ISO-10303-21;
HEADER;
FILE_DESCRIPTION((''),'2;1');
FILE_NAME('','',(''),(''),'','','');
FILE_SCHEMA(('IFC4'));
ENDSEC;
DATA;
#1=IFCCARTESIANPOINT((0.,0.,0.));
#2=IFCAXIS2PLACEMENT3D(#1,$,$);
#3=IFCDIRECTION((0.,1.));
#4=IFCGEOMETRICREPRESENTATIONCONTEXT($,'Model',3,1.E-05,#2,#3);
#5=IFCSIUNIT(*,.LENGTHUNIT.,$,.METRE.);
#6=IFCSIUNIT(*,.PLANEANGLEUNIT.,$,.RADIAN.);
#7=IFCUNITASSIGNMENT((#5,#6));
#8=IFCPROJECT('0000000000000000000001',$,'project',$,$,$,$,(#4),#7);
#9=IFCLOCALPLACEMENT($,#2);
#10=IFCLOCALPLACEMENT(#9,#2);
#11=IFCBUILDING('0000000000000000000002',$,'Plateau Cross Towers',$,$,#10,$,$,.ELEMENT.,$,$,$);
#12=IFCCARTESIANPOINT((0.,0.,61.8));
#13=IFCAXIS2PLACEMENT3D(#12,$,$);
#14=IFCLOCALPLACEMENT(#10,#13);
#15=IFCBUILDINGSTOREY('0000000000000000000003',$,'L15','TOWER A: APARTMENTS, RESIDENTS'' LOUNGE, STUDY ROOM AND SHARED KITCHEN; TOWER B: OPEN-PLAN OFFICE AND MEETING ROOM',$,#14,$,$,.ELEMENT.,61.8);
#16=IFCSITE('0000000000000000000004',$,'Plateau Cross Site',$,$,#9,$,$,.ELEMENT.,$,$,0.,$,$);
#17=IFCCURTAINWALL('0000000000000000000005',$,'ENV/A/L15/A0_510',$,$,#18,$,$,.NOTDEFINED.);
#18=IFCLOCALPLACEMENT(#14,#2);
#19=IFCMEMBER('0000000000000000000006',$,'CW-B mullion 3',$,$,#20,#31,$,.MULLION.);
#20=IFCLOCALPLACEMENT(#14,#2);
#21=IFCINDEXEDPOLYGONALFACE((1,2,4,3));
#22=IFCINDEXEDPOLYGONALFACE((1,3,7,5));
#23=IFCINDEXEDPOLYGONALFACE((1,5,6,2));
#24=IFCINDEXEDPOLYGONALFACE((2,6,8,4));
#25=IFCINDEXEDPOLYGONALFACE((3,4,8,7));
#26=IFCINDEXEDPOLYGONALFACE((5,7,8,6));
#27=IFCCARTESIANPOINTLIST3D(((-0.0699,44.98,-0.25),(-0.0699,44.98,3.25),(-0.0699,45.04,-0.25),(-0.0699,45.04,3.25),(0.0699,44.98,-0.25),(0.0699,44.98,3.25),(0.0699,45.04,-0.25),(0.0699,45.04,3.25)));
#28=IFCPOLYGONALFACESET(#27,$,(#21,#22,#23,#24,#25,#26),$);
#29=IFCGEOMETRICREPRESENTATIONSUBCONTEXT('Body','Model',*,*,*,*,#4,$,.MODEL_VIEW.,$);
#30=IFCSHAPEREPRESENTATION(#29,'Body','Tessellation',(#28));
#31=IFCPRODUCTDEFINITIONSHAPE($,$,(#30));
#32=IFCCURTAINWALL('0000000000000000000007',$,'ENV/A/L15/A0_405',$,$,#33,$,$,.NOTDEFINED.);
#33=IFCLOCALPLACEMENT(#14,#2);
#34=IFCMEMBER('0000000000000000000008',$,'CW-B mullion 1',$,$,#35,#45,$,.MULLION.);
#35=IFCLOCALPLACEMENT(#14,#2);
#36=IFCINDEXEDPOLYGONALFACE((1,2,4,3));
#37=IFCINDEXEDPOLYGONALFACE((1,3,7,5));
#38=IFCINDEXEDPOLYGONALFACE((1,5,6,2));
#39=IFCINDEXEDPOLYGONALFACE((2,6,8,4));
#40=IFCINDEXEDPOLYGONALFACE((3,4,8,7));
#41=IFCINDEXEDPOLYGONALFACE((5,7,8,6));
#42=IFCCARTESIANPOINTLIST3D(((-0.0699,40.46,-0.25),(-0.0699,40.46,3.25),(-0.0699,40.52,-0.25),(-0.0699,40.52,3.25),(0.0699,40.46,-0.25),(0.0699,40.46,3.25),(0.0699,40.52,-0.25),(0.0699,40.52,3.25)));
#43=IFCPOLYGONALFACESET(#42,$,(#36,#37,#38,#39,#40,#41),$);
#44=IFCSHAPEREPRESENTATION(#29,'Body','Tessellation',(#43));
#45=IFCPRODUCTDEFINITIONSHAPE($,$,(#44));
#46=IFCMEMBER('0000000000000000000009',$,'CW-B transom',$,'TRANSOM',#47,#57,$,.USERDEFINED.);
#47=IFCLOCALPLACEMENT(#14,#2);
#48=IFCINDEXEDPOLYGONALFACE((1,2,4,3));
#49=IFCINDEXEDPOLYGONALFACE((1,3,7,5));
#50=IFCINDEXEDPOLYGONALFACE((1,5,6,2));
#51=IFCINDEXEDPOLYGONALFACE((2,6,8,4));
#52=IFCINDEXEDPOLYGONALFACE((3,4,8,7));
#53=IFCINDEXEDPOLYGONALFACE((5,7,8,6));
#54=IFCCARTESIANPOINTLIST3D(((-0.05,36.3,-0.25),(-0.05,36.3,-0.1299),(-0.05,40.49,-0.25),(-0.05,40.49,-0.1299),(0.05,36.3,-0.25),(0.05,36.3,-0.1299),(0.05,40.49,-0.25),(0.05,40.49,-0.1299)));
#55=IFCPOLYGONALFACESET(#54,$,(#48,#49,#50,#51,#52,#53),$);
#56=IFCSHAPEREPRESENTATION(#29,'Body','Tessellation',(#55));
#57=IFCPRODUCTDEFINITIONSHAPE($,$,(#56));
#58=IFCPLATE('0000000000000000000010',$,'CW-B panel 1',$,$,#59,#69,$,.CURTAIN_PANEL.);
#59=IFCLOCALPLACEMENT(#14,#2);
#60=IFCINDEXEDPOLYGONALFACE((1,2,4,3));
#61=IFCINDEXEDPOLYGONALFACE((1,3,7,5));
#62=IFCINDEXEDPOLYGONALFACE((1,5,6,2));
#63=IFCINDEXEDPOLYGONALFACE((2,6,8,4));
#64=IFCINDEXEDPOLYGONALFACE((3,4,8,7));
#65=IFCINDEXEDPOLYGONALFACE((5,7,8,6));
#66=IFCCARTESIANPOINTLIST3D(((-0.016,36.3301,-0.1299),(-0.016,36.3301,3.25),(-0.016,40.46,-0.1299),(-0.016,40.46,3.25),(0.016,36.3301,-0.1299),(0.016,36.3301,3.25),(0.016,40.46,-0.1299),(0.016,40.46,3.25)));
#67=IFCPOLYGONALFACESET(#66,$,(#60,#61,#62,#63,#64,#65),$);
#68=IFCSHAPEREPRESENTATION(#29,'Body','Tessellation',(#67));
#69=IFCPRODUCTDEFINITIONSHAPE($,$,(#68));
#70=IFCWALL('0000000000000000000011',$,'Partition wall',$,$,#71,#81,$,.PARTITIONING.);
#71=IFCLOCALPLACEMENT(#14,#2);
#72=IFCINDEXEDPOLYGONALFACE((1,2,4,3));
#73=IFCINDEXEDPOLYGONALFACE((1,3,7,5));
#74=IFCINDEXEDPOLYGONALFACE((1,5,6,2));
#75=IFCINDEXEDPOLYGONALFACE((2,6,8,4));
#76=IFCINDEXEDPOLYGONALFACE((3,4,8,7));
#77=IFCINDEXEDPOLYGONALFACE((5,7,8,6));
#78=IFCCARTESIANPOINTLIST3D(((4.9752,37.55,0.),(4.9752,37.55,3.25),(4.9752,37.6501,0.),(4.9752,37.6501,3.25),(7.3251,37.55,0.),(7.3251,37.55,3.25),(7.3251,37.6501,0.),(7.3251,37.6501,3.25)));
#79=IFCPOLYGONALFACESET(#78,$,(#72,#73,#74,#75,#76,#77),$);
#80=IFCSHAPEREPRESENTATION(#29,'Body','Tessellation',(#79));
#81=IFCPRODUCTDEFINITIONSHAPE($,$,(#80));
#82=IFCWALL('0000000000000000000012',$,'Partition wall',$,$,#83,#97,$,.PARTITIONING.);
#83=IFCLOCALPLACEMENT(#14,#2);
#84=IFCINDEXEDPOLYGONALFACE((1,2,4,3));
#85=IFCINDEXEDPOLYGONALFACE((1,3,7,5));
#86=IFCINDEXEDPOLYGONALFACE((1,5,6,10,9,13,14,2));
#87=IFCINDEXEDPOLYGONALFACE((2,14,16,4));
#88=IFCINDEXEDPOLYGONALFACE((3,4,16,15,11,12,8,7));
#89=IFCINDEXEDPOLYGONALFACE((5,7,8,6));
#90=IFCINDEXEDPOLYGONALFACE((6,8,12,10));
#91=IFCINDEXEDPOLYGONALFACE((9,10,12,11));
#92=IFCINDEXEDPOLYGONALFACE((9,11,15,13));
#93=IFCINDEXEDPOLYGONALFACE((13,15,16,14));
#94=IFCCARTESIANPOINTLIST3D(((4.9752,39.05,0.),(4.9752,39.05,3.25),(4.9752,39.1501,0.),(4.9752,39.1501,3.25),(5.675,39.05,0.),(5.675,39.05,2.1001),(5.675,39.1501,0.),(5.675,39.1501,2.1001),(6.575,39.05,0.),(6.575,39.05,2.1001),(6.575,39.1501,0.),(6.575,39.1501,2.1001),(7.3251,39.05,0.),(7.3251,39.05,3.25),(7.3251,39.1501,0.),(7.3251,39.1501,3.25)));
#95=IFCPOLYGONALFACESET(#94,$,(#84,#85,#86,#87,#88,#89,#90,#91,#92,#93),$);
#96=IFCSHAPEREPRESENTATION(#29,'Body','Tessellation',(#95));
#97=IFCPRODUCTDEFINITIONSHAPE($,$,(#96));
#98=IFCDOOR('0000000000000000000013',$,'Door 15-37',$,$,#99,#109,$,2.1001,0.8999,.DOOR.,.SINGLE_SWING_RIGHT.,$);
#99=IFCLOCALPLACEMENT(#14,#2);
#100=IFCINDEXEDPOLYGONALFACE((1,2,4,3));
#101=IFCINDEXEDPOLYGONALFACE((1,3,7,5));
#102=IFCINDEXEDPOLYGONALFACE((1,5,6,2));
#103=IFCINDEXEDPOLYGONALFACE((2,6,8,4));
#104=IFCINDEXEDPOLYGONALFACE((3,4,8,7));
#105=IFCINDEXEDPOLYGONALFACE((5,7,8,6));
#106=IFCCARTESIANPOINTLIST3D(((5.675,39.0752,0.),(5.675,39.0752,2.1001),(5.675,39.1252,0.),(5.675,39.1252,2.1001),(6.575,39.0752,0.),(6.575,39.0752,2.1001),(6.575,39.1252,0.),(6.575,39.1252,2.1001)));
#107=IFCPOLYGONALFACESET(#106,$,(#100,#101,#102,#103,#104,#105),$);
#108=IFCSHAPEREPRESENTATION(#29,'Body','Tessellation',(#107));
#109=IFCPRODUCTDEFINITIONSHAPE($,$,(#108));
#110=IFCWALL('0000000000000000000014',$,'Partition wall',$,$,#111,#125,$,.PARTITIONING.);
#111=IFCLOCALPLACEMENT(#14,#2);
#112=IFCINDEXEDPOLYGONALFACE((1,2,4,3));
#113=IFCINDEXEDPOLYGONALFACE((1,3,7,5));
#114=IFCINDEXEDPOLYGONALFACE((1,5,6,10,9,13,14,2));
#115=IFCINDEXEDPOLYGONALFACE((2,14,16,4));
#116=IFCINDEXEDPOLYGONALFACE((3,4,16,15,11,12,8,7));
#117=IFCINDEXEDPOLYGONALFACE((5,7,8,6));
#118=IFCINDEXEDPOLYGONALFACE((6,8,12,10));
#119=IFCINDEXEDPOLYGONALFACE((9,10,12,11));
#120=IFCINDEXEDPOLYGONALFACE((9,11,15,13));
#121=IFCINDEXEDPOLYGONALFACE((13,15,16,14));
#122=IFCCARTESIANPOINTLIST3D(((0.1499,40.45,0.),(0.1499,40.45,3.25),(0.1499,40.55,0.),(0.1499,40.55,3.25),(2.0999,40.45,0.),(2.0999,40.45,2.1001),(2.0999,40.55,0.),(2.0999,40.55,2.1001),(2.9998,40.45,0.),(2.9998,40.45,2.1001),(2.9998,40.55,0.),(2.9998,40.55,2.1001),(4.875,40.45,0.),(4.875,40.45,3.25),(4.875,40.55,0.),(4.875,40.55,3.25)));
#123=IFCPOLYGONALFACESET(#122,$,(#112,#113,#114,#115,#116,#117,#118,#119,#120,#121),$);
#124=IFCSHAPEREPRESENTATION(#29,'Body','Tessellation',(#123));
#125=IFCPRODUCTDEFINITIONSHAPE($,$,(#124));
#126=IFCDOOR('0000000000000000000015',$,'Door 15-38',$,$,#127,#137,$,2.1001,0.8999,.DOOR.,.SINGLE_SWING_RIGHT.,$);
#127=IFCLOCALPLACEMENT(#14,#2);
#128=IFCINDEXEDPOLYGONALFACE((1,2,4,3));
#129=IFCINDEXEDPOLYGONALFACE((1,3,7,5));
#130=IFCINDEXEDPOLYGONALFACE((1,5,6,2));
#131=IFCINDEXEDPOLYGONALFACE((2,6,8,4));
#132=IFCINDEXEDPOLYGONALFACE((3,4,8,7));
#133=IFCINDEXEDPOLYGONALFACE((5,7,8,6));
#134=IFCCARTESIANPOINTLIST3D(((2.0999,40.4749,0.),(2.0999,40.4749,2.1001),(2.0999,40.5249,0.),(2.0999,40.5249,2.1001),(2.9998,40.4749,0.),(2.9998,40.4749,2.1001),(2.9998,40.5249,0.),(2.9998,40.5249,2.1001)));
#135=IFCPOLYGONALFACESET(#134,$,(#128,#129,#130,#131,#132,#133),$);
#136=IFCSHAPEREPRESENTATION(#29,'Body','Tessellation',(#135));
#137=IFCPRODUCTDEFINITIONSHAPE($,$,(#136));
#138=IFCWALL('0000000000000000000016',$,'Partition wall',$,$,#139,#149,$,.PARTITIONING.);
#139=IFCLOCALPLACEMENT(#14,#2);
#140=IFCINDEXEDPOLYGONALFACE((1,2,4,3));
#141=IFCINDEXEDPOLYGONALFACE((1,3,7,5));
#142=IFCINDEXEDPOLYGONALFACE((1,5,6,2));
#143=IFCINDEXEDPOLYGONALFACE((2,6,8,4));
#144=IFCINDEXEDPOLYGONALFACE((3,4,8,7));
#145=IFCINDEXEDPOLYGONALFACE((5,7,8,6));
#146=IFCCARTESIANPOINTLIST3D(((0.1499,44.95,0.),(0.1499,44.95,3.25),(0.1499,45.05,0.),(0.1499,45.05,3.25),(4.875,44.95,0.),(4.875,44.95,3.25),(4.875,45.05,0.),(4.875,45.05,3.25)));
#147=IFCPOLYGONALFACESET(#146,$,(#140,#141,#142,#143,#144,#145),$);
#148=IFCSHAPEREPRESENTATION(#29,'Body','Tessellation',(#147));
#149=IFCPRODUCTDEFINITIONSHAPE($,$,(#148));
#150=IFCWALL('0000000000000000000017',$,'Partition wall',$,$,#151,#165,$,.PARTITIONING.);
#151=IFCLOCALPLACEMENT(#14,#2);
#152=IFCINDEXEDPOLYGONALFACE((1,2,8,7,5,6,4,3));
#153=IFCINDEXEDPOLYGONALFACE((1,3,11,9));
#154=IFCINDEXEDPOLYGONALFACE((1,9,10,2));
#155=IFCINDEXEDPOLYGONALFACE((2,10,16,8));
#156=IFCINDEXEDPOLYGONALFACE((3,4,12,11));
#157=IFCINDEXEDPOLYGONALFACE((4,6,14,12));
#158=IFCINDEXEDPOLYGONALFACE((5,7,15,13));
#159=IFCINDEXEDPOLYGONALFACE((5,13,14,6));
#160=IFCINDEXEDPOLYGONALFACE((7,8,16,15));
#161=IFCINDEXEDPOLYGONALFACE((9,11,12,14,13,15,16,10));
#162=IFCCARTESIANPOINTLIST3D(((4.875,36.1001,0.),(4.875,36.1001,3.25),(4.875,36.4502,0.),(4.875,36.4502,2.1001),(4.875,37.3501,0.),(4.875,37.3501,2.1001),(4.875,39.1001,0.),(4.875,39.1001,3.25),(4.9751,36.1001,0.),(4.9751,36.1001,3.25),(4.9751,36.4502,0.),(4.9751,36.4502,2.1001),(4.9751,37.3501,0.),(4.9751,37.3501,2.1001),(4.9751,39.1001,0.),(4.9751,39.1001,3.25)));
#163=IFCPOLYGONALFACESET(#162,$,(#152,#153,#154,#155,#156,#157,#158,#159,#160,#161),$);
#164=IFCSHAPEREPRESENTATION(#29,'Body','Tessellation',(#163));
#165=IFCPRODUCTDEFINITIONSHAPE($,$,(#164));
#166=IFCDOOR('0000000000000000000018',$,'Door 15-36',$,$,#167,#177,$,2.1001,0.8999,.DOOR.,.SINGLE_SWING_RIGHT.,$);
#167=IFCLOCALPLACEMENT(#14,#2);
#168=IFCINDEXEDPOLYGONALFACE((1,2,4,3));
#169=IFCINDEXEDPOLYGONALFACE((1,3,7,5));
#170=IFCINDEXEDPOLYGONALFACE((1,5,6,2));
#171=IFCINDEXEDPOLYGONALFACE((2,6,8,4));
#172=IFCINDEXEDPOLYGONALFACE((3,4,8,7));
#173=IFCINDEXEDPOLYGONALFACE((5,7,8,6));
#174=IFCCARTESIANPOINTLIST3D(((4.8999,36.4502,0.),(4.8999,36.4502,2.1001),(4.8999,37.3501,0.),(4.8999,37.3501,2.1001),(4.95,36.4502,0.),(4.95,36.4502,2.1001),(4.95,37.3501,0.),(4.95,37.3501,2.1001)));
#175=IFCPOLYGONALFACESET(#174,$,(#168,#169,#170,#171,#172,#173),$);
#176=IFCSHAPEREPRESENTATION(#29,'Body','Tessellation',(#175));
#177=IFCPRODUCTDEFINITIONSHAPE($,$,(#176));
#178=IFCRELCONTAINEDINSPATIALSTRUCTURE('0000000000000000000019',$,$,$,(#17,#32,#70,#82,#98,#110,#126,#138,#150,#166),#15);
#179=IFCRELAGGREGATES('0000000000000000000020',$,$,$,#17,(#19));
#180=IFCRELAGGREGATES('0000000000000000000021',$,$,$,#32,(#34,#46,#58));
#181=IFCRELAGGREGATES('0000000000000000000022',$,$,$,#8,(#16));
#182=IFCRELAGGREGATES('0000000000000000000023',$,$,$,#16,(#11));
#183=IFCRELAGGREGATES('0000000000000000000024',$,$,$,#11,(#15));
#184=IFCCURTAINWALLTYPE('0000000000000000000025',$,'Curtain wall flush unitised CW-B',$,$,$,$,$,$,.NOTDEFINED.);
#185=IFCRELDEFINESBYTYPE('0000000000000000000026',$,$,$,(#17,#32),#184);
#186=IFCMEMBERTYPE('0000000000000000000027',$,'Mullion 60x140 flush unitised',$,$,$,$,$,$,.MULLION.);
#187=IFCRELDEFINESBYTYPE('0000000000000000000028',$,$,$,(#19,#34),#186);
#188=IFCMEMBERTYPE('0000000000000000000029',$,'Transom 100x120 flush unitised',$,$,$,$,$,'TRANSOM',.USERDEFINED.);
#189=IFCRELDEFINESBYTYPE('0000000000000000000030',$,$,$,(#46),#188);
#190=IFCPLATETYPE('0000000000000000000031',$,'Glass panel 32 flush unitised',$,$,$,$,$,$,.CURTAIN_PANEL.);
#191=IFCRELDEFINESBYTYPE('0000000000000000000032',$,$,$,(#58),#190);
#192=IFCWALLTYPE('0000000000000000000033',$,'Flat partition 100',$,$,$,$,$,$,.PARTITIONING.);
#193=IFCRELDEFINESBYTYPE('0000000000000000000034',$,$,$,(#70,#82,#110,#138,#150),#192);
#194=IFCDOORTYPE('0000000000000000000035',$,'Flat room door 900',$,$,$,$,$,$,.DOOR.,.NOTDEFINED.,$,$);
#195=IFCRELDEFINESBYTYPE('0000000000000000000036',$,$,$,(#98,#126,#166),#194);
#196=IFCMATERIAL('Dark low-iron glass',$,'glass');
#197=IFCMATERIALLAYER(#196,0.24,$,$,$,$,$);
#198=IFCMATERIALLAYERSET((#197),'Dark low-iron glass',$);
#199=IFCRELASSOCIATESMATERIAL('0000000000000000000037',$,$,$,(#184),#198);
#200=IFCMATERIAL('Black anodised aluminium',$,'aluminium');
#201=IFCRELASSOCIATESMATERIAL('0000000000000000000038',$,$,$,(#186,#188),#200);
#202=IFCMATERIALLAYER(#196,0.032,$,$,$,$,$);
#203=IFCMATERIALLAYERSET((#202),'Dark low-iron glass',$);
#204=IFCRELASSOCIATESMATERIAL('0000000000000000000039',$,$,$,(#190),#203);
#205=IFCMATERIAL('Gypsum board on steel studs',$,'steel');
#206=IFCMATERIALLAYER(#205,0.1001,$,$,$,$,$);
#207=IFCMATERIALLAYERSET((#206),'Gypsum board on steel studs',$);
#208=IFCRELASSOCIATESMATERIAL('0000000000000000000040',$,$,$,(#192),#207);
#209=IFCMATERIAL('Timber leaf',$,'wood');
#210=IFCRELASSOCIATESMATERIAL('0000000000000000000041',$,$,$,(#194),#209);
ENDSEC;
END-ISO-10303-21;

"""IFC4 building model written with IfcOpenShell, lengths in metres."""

from ifc_helpers import new_model, si_unit, direction, frame, frame_2d, origin, origin_2d, place, context, subcontext, project, spatial, rectangle, extrude, material, layer, layer_set, material_profile, profile_set, type_object, element, fill, aggregate, save


model = new_model("IFC4")

# Units and contexts
model_context = context("Model", 3, precision=1e-05, world=origin(), true_north=direction((0.0, 1.0)))
body_context = subcontext(model_context, "Body", "Model", "MODEL_VIEW")
ifc_project = project(units=[si_unit("LENGTHUNIT", "METRE"), si_unit("PLANEANGLEUNIT", "RADIAN")], contexts=[model_context])

# Site, building, storey
site_placement = place(None, origin())
site = spatial("IfcSite", under=ifc_project, at=site_placement, Name="Plateau Cross Site", CompositionType="ELEMENT", RefElevation=0.0)
building_placement = place(site_placement, origin())
building = spatial("IfcBuilding", under=site, at=building_placement, Name="Plateau Cross Towers", CompositionType="ELEMENT")
storey_placement = place(building_placement, frame((0.0, 0.0, 61.8)))
storey = spatial("IfcBuildingStorey", under=building, at=storey_placement, Name="L15", Description="TOWER A: APARTMENTS, RESIDENTS' LOUNGE, STUDY ROOM AND SHARED KITCHEN; TOWER B: OPEN-PLAN OFFICE AND MEETING ROOM", CompositionType="ELEMENT", Elevation=61.8)

# Curtain wall, member
ifc_material_1 = material(Name="Dark low-iron glass", Category="glass")
ifc_layer_1 = layer(ifc_material_1, 0.24)
ifc_layer_set_1 = layer_set([ifc_layer_1], Name="Dark low-iron glass")
curtain_wall_type = type_object("IfcCurtainWallType", Name="Curtain wall flush unitised CW-B", PredefinedType="NOTDEFINED", material=ifc_layer_set_1)
curtain_wall_1_placement = place(storey_placement, origin())
curtain_wall_1 = element("IfcCurtainWall", 1, at=curtain_wall_1_placement, inside=storey, type_object=curtain_wall_type, Name="ENV/A/L15/A0_510", PredefinedType="NOTDEFINED")
ifc_material_2 = material(Name="Black anodised aluminium", Category="aluminium")
ifc_material_profile_1 = material_profile(ifc_material_2, rectangle(XDim=0.0601, YDim=0.1399, at=origin_2d()), Name="MULLION 60x140")
ifc_profile_set_1 = profile_set([ifc_material_profile_1], Name="Black anodised aluminium")
member_type_1 = type_object("IfcMemberType", Name="Mullion 60x140 flush unitised", PredefinedType="MULLION", material=ifc_profile_set_1)
member_1_placement = place(storey_placement, frame((0.0, 45.01, -0.25), z_axis=(0.0, 0.0, 1.0), x_axis=(0.0, -1.0, 0.0)))
member_1 = element("IfcMember", 2, at=member_1_placement, type_object=member_type_1, Name="CW-B mullion 3", PredefinedType="MULLION", context=body_context, shape_type="SweptSolid", body=[
    extrude(rectangle(XDim=0.0601, YDim=0.1399, at=origin_2d()), origin(), (0.0, 0.0, 1.0), 3.5),
])
aggregate(curtain_wall_1, [member_1])

# Curtain wall, members, plate
curtain_wall_2_placement = place(storey_placement, origin())
curtain_wall_2 = element("IfcCurtainWall", 3, at=curtain_wall_2_placement, inside=storey, type_object=curtain_wall_type, Name="ENV/A/L15/A0_405", PredefinedType="NOTDEFINED")
member_2_placement = place(storey_placement, frame((0.0, 40.49, -0.25), z_axis=(0.0, 0.0, 1.0), x_axis=(0.0, -1.0, 0.0)))
member_2 = element("IfcMember", 4, at=member_2_placement, type_object=member_type_1, Name="CW-B mullion 1", PredefinedType="MULLION", context=body_context, shape_type="SweptSolid", body=[
    extrude(rectangle(XDim=0.0601, YDim=0.1399, at=origin_2d()), origin(), (0.0, 0.0, 1.0), 3.5),
])
ifc_material_profile_2 = material_profile(ifc_material_2, rectangle(XDim=0.1001, YDim=0.1201, at=origin_2d()), Name="TRANSOM 100x120")
ifc_profile_set_2 = profile_set([ifc_material_profile_2], Name="Black anodised aluminium")
member_type_2 = type_object("IfcMemberType", Name="Transom 100x120 flush unitised", ElementType="TRANSOM", PredefinedType="USERDEFINED", material=ifc_profile_set_2)
member_3_placement = place(storey_placement, frame((0.0, 40.49, -0.1899), z_axis=(0.0, -1.0, 0.0), x_axis=(1.0, 0.0, 0.0)))
member_3 = element("IfcMember", 5, at=member_3_placement, type_object=member_type_2, Name="CW-B transom", ObjectType="TRANSOM", PredefinedType="USERDEFINED", context=body_context, shape_type="SweptSolid", body=[
    extrude(rectangle(XDim=0.1001, YDim=0.1201, at=origin_2d()), origin(), (0.0, 0.0, 1.0), 4.1899),
])
ifc_layer_2 = layer(ifc_material_1, 0.032)
ifc_layer_set_2 = layer_set([ifc_layer_2], Name="Dark low-iron glass")
plate_type = type_object("IfcPlateType", Name="Glass panel 32 flush unitised", PredefinedType="CURTAIN_PANEL", material=ifc_layer_set_2)
plate_placement = place(storey_placement, frame((0.0, 38.395, -0.1299), z_axis=(0.0, 0.0, 1.0), x_axis=(0.0, -1.0, 0.0)))
plate = element("IfcPlate", 6, at=plate_placement, type_object=plate_type, Name="CW-B panel 1", PredefinedType="CURTAIN_PANEL", context=body_context, shape_type="SweptSolid", body=[
    extrude(rectangle(XDim=4.1299, YDim=0.032, at=origin_2d()), origin(), (0.0, 0.0, 1.0), 3.3799),
])
aggregate(curtain_wall_2, [member_2, member_3, plate])

# Wall
ifc_material_3 = material(Name="Gypsum board on steel studs", Category="steel")
ifc_layer_3 = layer(ifc_material_3, 0.1001)
ifc_layer_set_3 = layer_set([ifc_layer_3], Name="Gypsum board on steel studs")
wall_type_1 = type_object("IfcWallType", Name="Flat partition 100", PredefinedType="PARTITIONING", material=ifc_layer_set_3)
wall_1_placement = place(storey_placement, frame((7.325, 37.6001, 0.0), z_axis=(0.0, 0.0, 1.0), x_axis=(-1.0, 0.0, 0.0)))
element("IfcWall", 7, at=wall_1_placement, inside=storey, type_object=wall_type_1, Name="Partition wall", PredefinedType="PARTITIONING", context=body_context, shape_type="SweptSolid", body=[
    extrude(rectangle(XDim=2.3499, YDim=0.1001, at=frame_2d((1.1748, 0.0))), origin(), (0.0, 0.0, 1.0), 3.25),
])

# Walls, openings, doors
wall_2_placement = place(storey_placement, frame((7.325, 39.1001, 0.0), z_axis=(0.0, 0.0, 1.0), x_axis=(-1.0, 0.0, 0.0)))
wall_2 = element("IfcWall", 8, at=wall_2_placement, inside=storey, type_object=wall_type_1, Name="Partition wall", PredefinedType="PARTITIONING", context=body_context, shape_type="SweptSolid", body=[
    extrude(rectangle(XDim=2.3499, YDim=0.1001, at=frame_2d((1.1748, 0.0))), origin(), (0.0, 0.0, 1.0), 3.25),
])
opening_1_placement = place(wall_2_placement, frame((0.75, 0.0, 0.0)))
opening_1 = element("IfcOpeningElement", 9, at=opening_1_placement, cuts=wall_2, PredefinedType="OPENING", context=body_context, shape_type="SweptSolid", body=[
    extrude(rectangle(XDim=0.8999, YDim=2.1001, at=frame_2d((0.45, 1.05))), frame((0.0, 0.0601, 0.0), z_axis=(0.0, -1.0, 0.0), x_axis=(1.0, 0.0, 0.0)), (0.0, 0.0, 1.0), 0.1201),
])
ifc_material_4 = material(Name="Timber leaf", Category="wood")
door_type_1 = type_object("IfcDoorType", Name="Flat room door 900", OperationType="NOTDEFINED", PredefinedType="DOOR", material=ifc_material_4)
door_1_placement = place(opening_1_placement, origin())
door_1 = element("IfcDoor", 10, at=door_1_placement, inside=storey, type_object=door_type_1, Name="Door 15-37", OperationType="SINGLE_SWING_RIGHT", OverallHeight=2.1001, OverallWidth=0.8999, PredefinedType="DOOR", context=body_context, shape_type="SweptSolid", body=[
    extrude(rectangle(XDim=0.8999, YDim=2.1001, at=frame_2d((0.45, 1.05))), frame((0.0, 0.0249, 0.0), z_axis=(0.0, -1.0, 0.0), x_axis=(1.0, 0.0, 0.0)), (0.0, 0.0, 1.0), 0.05),
])
fill(opening_1, door_1)
wall_3_placement = place(storey_placement, frame((0.1499, 40.5, 0.0), z_axis=(0.0, 0.0, 1.0), x_axis=(1.0, 0.0, 0.0)))
wall_3 = element("IfcWall", 11, at=wall_3_placement, inside=storey, type_object=wall_type_1, Name="Partition wall", PredefinedType="PARTITIONING", context=body_context, shape_type="SweptSolid", body=[
    extrude(rectangle(XDim=4.7251, YDim=0.1001, at=frame_2d((2.3625, 0.0))), origin(), (0.0, 0.0, 1.0), 3.25),
])
opening_2_placement = place(wall_3_placement, frame((1.95, 0.0, 0.0)))
opening_2 = element("IfcOpeningElement", 12, at=opening_2_placement, cuts=wall_3, PredefinedType="OPENING", context=body_context, shape_type="SweptSolid", body=[
    extrude(rectangle(XDim=0.8999, YDim=2.1001, at=frame_2d((0.45, 1.05))), frame((0.0, 0.0601, 0.0), z_axis=(0.0, -1.0, 0.0), x_axis=(1.0, 0.0, 0.0)), (0.0, 0.0, 1.0), 0.1201),
])
door_2_placement = place(opening_2_placement, origin())
door_2 = element("IfcDoor", 13, at=door_2_placement, inside=storey, type_object=door_type_1, Name="Door 15-38", OperationType="SINGLE_SWING_RIGHT", OverallHeight=2.1001, OverallWidth=0.8999, PredefinedType="DOOR", context=body_context, shape_type="SweptSolid", body=[
    extrude(rectangle(XDim=0.8999, YDim=2.1001, at=frame_2d((0.45, 1.05))), frame((0.0, 0.0249, 0.0), z_axis=(0.0, -1.0, 0.0), x_axis=(1.0, 0.0, 0.0)), (0.0, 0.0, 1.0), 0.05),
])
fill(opening_2, door_2)

# Wall
wall_4_placement = place(storey_placement, frame((4.875, 45.0, 0.0), z_axis=(0.0, 0.0, 1.0), x_axis=(-1.0, 0.0, 0.0)))
element("IfcWall", 14, at=wall_4_placement, inside=storey, type_object=wall_type_1, Name="Partition wall", PredefinedType="PARTITIONING", context=body_context, shape_type="SweptSolid", body=[
    extrude(rectangle(XDim=4.7251, YDim=0.1001, at=frame_2d((2.3625, 0.0))), origin(), (0.0, 0.0, 1.0), 3.25),
])

# Wall, opening, door
wall_5_placement = place(storey_placement, frame((4.925, 39.1001, 0.0), z_axis=(0.0, 0.0, 1.0), x_axis=(0.0, -1.0, 0.0)))
wall_5 = element("IfcWall", 15, at=wall_5_placement, inside=storey, type_object=wall_type_1, Name="Partition wall", PredefinedType="PARTITIONING", context=body_context, shape_type="SweptSolid", body=[
    extrude(rectangle(XDim=3.0, YDim=0.1001, at=frame_2d((1.5, 0.0))), origin(), (0.0, 0.0, 1.0), 3.25),
])
opening_3_placement = place(wall_5_placement, frame((1.75, 0.0, 0.0)))
opening_3 = element("IfcOpeningElement", 16, at=opening_3_placement, cuts=wall_5, PredefinedType="OPENING", context=body_context, shape_type="SweptSolid", body=[
    extrude(rectangle(XDim=0.8999, YDim=2.1001, at=frame_2d((0.45, 1.05))), frame((0.0, 0.0601, 0.0), z_axis=(0.0, -1.0, 0.0), x_axis=(1.0, 0.0, 0.0)), (0.0, 0.0, 1.0), 0.1201),
])
door_3_placement = place(opening_3_placement, origin())
door_3 = element("IfcDoor", 17, at=door_3_placement, inside=storey, type_object=door_type_1, Name="Door 15-36", OperationType="SINGLE_SWING_RIGHT", OverallHeight=2.1001, OverallWidth=0.8999, PredefinedType="DOOR", context=body_context, shape_type="SweptSolid", body=[
    extrude(rectangle(XDim=0.8999, YDim=2.1001, at=frame_2d((0.45, 1.05))), frame((0.0, 0.0249, 0.0), z_axis=(0.0, -1.0, 0.0), x_axis=(1.0, 0.0, 0.0)), (0.0, 0.0, 1.0), 0.05),
])
fill(opening_3, door_3)

save(model, "model.ifc")
